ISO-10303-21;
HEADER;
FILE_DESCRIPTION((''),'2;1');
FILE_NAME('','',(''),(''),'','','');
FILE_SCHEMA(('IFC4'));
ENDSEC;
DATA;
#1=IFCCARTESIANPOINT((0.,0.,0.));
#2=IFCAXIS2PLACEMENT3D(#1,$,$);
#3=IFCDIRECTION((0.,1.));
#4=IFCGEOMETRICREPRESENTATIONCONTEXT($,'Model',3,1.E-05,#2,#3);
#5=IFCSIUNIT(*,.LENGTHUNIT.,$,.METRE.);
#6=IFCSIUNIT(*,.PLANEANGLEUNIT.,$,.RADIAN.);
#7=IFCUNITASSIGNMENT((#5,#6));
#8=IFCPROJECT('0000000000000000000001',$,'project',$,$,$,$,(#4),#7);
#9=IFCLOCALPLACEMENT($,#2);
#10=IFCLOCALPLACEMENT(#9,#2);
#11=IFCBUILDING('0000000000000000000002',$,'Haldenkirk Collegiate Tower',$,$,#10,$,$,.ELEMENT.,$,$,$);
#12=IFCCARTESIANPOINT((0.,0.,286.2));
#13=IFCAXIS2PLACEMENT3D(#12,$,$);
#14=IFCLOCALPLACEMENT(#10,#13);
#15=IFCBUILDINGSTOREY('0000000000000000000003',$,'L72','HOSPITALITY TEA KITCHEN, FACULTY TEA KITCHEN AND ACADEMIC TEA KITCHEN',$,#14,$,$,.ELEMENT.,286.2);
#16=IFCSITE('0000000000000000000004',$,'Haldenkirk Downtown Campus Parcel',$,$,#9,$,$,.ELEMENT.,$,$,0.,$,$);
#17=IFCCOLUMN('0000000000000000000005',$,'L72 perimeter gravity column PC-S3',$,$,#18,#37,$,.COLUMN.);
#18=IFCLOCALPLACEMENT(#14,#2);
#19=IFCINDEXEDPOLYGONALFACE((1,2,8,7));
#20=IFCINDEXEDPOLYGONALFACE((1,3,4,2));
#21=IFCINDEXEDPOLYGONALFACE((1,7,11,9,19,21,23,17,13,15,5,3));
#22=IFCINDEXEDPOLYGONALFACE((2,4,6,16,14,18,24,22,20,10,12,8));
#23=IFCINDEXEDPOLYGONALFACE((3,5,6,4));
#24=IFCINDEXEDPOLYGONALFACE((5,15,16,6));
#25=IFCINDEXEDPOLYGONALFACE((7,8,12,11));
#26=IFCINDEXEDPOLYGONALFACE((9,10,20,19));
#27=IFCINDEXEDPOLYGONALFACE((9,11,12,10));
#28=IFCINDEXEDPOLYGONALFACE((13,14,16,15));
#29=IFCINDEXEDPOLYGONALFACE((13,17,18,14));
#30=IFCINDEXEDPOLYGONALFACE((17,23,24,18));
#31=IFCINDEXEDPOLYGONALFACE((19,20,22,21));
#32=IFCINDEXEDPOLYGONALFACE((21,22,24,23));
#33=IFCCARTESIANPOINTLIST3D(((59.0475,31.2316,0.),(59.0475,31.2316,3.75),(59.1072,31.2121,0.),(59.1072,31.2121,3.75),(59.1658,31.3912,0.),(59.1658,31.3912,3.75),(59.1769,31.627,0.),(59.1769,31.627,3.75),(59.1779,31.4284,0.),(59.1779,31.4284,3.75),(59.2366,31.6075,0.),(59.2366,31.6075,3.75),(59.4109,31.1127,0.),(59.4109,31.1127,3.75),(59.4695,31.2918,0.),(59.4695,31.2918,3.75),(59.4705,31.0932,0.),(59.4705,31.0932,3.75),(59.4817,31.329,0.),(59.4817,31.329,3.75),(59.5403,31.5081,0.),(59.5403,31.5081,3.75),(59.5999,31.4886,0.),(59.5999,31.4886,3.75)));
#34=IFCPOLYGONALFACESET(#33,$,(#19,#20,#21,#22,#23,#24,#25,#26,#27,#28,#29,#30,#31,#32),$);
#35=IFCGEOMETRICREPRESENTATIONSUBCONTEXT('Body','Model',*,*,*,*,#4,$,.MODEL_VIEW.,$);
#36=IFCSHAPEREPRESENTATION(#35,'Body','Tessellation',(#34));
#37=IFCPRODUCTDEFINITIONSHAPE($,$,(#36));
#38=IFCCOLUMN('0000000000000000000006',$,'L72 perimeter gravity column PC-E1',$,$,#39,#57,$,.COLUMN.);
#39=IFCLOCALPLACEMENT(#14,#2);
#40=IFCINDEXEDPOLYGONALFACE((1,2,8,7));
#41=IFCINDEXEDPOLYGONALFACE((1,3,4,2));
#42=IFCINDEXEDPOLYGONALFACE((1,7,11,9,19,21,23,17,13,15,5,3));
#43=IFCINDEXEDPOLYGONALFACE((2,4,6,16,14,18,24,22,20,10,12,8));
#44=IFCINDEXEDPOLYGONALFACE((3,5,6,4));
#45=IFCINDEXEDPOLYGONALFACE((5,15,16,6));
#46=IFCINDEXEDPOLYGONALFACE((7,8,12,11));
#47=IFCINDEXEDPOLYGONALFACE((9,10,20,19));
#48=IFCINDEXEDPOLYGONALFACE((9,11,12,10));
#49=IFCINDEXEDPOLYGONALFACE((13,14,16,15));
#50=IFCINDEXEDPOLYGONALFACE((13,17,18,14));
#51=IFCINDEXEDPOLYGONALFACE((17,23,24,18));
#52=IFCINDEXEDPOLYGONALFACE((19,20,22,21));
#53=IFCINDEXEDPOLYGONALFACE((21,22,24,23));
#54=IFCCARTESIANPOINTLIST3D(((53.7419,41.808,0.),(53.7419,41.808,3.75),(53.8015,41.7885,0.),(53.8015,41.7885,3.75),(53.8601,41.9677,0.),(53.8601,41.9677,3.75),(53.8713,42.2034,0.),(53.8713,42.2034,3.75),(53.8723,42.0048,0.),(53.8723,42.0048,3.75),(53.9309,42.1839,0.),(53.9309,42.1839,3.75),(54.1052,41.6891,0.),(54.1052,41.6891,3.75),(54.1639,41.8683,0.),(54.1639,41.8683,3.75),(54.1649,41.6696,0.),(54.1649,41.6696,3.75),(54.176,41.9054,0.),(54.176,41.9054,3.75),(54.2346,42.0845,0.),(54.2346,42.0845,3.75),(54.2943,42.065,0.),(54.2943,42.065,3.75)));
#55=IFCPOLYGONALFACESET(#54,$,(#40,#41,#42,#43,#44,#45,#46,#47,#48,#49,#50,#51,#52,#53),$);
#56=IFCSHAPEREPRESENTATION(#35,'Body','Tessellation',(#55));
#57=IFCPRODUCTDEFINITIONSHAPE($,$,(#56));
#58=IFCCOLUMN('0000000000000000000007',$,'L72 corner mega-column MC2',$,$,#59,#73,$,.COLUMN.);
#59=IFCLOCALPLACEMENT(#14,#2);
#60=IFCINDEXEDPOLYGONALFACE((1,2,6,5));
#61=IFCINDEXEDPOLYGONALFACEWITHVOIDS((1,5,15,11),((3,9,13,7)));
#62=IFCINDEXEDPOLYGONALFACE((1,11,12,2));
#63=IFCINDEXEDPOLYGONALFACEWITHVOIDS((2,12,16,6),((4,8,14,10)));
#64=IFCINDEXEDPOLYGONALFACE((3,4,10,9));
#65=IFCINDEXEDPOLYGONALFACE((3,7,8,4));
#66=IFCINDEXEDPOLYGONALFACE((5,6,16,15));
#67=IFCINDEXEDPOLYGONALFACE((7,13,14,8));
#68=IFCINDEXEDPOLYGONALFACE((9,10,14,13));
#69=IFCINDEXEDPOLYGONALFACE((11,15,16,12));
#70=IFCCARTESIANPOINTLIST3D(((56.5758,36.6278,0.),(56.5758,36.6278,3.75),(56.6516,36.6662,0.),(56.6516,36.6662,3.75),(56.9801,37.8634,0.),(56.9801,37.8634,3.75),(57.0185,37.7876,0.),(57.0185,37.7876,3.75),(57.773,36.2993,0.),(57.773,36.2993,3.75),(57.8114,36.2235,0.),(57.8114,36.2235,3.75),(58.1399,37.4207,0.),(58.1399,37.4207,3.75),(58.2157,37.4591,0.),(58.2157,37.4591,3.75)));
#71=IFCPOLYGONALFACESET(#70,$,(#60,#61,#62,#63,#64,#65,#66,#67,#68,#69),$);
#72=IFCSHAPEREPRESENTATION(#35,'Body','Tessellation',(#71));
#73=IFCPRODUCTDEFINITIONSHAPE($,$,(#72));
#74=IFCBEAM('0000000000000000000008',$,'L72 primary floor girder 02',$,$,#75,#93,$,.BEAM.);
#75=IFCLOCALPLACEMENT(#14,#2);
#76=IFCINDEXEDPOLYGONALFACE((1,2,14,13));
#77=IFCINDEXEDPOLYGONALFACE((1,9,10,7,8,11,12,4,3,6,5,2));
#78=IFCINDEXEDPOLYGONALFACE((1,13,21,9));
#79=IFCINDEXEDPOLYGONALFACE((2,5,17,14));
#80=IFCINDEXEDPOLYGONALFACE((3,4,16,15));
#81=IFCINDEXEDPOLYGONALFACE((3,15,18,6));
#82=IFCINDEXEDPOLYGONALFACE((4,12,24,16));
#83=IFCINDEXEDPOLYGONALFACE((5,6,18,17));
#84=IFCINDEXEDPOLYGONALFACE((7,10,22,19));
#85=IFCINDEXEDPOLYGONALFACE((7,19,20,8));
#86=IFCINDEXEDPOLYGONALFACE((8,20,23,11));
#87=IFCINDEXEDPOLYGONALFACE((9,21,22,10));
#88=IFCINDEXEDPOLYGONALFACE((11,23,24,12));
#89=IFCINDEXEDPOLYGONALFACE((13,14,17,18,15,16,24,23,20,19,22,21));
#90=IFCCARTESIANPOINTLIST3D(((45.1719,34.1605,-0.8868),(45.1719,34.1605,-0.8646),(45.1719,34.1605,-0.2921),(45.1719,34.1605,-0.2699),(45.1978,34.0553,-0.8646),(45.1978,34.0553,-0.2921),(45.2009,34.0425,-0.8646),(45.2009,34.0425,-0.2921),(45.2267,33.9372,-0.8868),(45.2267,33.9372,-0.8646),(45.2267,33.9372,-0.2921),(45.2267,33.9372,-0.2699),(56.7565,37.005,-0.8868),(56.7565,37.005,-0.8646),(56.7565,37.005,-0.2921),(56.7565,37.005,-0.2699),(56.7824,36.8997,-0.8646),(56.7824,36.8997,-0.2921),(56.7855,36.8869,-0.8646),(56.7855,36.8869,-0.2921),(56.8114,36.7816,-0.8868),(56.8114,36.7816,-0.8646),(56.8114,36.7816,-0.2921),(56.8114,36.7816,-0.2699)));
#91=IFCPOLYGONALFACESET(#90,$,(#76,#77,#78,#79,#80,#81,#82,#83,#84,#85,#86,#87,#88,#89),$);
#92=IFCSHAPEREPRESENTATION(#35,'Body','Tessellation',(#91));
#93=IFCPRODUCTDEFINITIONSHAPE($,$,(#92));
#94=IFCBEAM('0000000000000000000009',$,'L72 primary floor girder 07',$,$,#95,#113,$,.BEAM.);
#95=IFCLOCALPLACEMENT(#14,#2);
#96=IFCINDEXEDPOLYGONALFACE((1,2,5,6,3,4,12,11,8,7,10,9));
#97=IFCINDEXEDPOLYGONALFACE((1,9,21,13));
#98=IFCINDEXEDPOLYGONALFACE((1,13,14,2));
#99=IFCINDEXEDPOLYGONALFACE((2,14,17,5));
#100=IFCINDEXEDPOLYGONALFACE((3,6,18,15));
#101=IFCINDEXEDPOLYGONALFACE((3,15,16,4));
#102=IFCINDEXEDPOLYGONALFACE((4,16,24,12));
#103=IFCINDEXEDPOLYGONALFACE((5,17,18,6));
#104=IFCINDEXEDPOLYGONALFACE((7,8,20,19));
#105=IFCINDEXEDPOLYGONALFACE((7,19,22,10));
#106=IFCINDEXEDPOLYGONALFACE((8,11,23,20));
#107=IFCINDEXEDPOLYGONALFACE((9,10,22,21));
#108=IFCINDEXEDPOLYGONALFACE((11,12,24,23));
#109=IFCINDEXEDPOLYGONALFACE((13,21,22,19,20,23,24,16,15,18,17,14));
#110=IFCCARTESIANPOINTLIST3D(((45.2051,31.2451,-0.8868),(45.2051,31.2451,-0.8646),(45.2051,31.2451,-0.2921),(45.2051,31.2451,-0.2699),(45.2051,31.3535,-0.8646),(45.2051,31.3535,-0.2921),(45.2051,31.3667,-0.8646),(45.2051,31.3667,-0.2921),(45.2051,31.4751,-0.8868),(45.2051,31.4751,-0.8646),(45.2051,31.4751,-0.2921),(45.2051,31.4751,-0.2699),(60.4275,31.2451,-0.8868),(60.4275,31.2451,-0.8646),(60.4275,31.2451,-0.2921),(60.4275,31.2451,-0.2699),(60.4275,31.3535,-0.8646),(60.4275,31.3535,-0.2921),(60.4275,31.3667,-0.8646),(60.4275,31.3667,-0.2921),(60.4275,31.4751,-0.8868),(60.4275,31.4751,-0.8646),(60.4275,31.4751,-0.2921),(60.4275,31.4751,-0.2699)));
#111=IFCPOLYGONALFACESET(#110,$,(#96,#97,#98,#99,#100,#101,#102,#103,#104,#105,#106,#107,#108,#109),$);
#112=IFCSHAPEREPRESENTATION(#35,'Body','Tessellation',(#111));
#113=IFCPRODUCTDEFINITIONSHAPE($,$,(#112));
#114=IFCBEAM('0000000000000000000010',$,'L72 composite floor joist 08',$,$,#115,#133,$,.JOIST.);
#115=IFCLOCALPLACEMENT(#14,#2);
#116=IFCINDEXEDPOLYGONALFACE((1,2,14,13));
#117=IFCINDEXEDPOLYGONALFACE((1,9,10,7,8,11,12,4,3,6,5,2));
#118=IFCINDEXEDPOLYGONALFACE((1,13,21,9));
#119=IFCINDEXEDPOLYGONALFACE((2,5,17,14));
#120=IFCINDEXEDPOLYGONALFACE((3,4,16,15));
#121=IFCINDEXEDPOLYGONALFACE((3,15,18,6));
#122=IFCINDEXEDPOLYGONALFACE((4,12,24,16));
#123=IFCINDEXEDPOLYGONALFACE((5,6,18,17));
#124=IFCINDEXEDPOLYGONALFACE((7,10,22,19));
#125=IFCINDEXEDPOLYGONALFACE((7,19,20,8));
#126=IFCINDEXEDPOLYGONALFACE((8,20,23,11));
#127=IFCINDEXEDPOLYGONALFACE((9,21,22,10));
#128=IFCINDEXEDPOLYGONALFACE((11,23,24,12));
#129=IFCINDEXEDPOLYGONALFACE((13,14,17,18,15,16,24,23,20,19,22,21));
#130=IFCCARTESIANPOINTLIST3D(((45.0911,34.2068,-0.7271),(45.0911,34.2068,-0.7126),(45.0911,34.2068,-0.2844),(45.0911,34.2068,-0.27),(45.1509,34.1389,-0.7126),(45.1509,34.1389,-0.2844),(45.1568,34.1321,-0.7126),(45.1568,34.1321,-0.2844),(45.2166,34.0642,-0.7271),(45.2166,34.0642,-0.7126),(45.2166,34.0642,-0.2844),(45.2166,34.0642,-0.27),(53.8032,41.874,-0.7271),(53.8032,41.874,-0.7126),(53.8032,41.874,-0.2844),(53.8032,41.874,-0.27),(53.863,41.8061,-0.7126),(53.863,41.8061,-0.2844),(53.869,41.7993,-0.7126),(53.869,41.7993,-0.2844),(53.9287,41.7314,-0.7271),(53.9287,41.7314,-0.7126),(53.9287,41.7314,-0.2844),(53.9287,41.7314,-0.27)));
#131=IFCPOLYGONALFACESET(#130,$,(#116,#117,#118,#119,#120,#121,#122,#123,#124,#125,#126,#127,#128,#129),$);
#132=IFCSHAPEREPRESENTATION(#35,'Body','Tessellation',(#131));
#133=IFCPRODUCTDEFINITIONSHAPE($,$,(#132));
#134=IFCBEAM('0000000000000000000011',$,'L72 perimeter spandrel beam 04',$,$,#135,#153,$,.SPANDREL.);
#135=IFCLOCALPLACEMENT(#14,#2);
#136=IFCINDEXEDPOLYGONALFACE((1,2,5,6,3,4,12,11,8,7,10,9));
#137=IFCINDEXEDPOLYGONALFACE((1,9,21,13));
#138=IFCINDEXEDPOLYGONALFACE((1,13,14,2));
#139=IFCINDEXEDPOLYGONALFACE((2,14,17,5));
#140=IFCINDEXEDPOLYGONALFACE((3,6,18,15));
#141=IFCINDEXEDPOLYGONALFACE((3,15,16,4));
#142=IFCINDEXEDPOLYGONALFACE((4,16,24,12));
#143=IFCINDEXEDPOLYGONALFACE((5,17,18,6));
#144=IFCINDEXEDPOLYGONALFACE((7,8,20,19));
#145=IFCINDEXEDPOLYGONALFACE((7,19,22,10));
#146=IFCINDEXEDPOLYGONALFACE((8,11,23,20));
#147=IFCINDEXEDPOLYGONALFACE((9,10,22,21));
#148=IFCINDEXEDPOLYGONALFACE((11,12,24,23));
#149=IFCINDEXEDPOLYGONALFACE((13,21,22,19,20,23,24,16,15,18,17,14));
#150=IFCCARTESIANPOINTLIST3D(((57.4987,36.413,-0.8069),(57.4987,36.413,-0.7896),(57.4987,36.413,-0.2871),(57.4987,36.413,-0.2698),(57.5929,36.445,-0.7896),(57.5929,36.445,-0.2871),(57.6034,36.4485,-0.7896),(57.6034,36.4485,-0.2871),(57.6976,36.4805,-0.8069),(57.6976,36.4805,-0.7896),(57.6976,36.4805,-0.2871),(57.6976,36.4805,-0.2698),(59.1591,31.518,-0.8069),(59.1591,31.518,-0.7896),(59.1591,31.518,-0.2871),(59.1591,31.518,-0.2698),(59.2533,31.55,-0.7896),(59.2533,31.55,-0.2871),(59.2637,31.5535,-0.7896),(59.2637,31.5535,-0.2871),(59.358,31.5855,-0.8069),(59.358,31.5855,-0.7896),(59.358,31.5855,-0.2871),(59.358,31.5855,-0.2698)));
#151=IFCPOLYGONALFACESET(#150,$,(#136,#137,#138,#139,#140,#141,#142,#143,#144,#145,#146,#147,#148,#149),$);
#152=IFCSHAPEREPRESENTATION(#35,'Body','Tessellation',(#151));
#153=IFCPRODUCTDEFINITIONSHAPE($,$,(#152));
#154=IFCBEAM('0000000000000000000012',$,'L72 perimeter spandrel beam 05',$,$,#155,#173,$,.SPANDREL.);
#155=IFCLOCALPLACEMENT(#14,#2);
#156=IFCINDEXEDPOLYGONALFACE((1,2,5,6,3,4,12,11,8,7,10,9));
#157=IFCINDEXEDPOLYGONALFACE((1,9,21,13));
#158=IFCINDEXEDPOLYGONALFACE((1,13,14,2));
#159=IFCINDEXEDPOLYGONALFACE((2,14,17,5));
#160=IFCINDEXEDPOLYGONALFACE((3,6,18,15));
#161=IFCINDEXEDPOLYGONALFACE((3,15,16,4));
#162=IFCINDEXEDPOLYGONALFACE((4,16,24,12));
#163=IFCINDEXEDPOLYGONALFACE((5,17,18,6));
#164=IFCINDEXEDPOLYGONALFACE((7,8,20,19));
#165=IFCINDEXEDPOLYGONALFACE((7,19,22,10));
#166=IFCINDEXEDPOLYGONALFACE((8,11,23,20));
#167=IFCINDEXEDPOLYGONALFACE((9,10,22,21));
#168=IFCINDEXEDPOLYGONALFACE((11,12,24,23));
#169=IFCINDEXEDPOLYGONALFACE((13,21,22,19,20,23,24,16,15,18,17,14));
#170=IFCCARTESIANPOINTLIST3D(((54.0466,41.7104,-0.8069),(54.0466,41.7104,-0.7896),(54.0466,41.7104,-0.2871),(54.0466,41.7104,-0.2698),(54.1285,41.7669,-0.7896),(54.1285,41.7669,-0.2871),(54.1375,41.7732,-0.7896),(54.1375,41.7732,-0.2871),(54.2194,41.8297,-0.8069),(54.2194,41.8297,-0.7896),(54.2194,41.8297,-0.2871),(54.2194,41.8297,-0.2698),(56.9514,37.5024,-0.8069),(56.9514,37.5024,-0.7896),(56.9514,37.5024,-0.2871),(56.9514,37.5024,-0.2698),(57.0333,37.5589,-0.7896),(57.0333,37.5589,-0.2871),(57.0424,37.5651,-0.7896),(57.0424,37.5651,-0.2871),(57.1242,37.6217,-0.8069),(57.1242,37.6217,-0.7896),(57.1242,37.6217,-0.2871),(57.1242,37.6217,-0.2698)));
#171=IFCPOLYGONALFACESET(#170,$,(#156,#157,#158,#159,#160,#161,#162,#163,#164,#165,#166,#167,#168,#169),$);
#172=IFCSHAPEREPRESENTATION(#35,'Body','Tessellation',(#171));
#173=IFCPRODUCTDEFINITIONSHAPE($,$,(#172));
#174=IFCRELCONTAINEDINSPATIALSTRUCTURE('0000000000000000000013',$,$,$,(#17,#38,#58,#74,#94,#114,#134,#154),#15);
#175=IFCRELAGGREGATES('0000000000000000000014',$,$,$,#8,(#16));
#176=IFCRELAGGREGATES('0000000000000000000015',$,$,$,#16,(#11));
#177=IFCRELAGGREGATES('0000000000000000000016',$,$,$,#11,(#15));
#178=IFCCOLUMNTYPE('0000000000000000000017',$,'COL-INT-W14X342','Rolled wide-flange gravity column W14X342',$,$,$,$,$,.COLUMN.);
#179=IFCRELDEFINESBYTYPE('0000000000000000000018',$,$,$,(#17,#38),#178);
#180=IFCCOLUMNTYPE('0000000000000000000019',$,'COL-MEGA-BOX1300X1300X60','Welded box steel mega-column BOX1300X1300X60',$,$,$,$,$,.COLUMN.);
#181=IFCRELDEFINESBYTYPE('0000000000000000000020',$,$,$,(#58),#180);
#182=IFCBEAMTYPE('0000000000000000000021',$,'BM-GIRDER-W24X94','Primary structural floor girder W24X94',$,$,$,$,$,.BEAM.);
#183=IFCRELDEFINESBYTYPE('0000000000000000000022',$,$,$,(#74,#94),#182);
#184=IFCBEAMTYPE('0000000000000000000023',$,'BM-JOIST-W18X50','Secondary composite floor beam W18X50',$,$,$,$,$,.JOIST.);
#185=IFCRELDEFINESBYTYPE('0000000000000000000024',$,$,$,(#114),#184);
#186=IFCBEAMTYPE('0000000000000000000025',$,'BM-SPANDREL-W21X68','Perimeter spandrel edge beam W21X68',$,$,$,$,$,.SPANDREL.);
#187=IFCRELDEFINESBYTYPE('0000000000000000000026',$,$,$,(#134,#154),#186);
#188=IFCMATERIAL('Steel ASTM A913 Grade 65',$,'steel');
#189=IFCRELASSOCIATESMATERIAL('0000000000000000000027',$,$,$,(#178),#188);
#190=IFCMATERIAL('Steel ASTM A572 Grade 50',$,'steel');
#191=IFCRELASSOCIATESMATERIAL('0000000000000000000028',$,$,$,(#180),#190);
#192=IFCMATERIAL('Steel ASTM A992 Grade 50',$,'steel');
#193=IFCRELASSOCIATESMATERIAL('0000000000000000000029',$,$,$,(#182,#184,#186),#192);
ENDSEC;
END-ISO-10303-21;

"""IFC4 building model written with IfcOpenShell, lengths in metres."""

from ifc_helpers import new_model, si_unit, direction, frame, origin, origin_2d, place, context, subcontext, project, spatial, hollow_rectangle, i_section, extrude, material, material_profile, profile_set, type_object, element, save


model = new_model("IFC4")

# Units and contexts
model_context = context("Model", 3, precision=1e-05, world=origin(), true_north=direction((0.0, 1.0)))
body_context = subcontext(model_context, "Body", "Model", "MODEL_VIEW")
ifc_project = project(units=[si_unit("LENGTHUNIT", "METRE"), si_unit("PLANEANGLEUNIT", "RADIAN")], contexts=[model_context])

# Site, building, storey
site_placement = place(None, origin())
site = spatial("IfcSite", under=ifc_project, at=site_placement, Name="Haldenkirk Downtown Campus Parcel", CompositionType="ELEMENT", RefElevation=0.0)
building_placement = place(site_placement, origin())
building = spatial("IfcBuilding", under=site, at=building_placement, Name="Haldenkirk Collegiate Tower", CompositionType="ELEMENT")
storey_placement = place(building_placement, frame((0.0, 0.0, 286.2)))
storey = spatial("IfcBuildingStorey", under=building, at=storey_placement, Name="L72", Description="HOSPITALITY TEA KITCHEN, FACULTY TEA KITCHEN AND ACADEMIC TEA KITCHEN", CompositionType="ELEMENT", Elevation=286.2)

# Columns
ifc_material_1 = material(Name="Steel ASTM A913 Grade 65", Category="steel")
ifc_material_profile_1 = material_profile(ifc_material_1, i_section(OverallWidth=0.416, OverallDepth=0.4451, WebThickness=0.0391, FlangeThickness=0.0627, at=origin_2d()), Name="W14X342")
ifc_profile_set_1 = profile_set([ifc_material_profile_1], Name="Steel ASTM A913 Grade 65")
column_type_1 = type_object("IfcColumnType", Name="COL-INT-W14X342", Description="Rolled wide-flange gravity column W14X342", PredefinedType="COLUMN", material=ifc_profile_set_1)
for number, where, z_axis, x_axis, name in (
    (1, (59.3237, 31.3601, 0.0), (0.0, 0.0, 1.0), (0.311008, 0.950407, 0.0), "L72 perimeter gravity column PC-S3"),
    (2, (54.0181, 41.9365, 0.0), (0.0, 0.0, 1.0), (0.311008, 0.950407, 0.0), "L72 perimeter gravity column PC-E1"),
):
    element("IfcColumn", number, at=place(storey_placement, frame(where, z_axis=z_axis, x_axis=x_axis)), inside=storey, type_object=column_type_1, Name=name, PredefinedType="COLUMN", context=body_context, shape_type="SweptSolid", body=[
        extrude(i_section(OverallWidth=0.416, OverallDepth=0.4451, WebThickness=0.0391, FlangeThickness=0.0627, at=origin_2d()), origin(), (0.0, 0.0, 1.0), 3.75),
    ])
ifc_material_2 = material(Name="Steel ASTM A572 Grade 50", Category="steel")
ifc_material_profile_2 = material_profile(ifc_material_2, hollow_rectangle(XDim=1.3, YDim=1.3, WallThickness=0.0601, at=origin_2d()), Name="BOX1300X1300X60")
ifc_profile_set_2 = profile_set([ifc_material_profile_2], Name="Steel ASTM A572 Grade 50")
column_type_2 = type_object("IfcColumnType", Name="COL-MEGA-BOX1300X1300X60", Description="Welded box steel mega-column BOX1300X1300X60", PredefinedType="COLUMN", material=ifc_profile_set_2)
column_placement = place(storey_placement, frame((57.3958, 37.0435, 0.0), z_axis=(0.0, 0.0, 1.0), x_axis=(0.311008, 0.950407, 0.0)))
element("IfcColumn", 3, at=column_placement, inside=storey, type_object=column_type_2, Name="L72 corner mega-column MC2", PredefinedType="COLUMN", context=body_context, shape_type="SweptSolid", body=[
    extrude(hollow_rectangle(XDim=1.3, YDim=1.3, WallThickness=0.0601, at=origin_2d()), origin(), (0.0, 0.0, 1.0), 3.75),
])

# Beams
ifc_material_3 = material(Name="Steel ASTM A992 Grade 50", Category="steel")
ifc_material_profile_3 = material_profile(ifc_material_3, i_section(OverallWidth=0.23, OverallDepth=0.6169, WebThickness=0.0132, FlangeThickness=0.0222, at=origin_2d()), Name="W24X94")
ifc_profile_set_3 = profile_set([ifc_material_profile_3], Name="Steel ASTM A992 Grade 50")
beam_type_1 = type_object("IfcBeamType", Name="BM-GIRDER-W24X94", Description="Primary structural floor girder W24X94", PredefinedType="BEAM", material=ifc_profile_set_3)
beam_1_placement = place(storey_placement, frame((56.7839, 36.8933, -0.5784), z_axis=(-0.971154, -0.238455, 0.0), x_axis=(0.238455, -0.971154, 0.0)))
element("IfcBeam", 4, at=beam_1_placement, inside=storey, type_object=beam_type_1, Name="L72 primary floor girder 02", PredefinedType="BEAM", context=body_context, shape_type="SweptSolid", body=[
    extrude(i_section(OverallWidth=0.23, OverallDepth=0.6169, WebThickness=0.0132, FlangeThickness=0.0222, at=origin_2d()), origin(), (0.0, 0.0, 1.0), 11.9287),
])
beam_2_placement = place(storey_placement, frame((60.4275, 31.3601, -0.5784), z_axis=(-1.0, 0.0, 0.0), x_axis=(0.0, -1.0, 0.0)))
element("IfcBeam", 5, at=beam_2_placement, inside=storey, type_object=beam_type_1, Name="L72 primary floor girder 07", PredefinedType="BEAM", context=body_context, shape_type="SweptSolid", body=[
    extrude(i_section(OverallWidth=0.23, OverallDepth=0.6169, WebThickness=0.0132, FlangeThickness=0.0222, at=origin_2d()), origin(), (0.0, 0.0, 1.0), 15.2224),
])
ifc_material_profile_4 = material_profile(ifc_material_3, i_section(OverallWidth=0.1899, OverallDepth=0.457, WebThickness=0.009, FlangeThickness=0.0144, at=origin_2d()), Name="W18X50")
ifc_profile_set_4 = profile_set([ifc_material_profile_4], Name="Steel ASTM A992 Grade 50")
beam_type_2 = type_object("IfcBeamType", Name="BM-JOIST-W18X50", Description="Secondary composite floor beam W18X50", PredefinedType="JOIST", material=ifc_profile_set_4)
beam_3_placement = place(storey_placement, frame((53.866, 41.8027, -0.4985), z_axis=(-0.750691, -0.660654, 0.0), x_axis=(0.660654, -0.750691, 0.0)))
element("IfcBeam", 6, at=beam_3_placement, inside=storey, type_object=beam_type_2, Name="L72 composite floor joist 08", PredefinedType="JOIST", context=body_context, shape_type="SweptSolid", body=[
    extrude(i_section(OverallWidth=0.1899, OverallDepth=0.457, WebThickness=0.009, FlangeThickness=0.0144, at=origin_2d()), origin(), (0.0, 0.0, 1.0), 11.6055),
])
ifc_material_profile_5 = material_profile(ifc_material_3, i_section(OverallWidth=0.21, OverallDepth=0.5371, WebThickness=0.011, FlangeThickness=0.0173, at=origin_2d()), Name="W21X68")
ifc_profile_set_5 = profile_set([ifc_material_profile_5], Name="Steel ASTM A992 Grade 50")
beam_type_3 = type_object("IfcBeamType", Name="BM-SPANDREL-W21X68", Description="Perimeter spandrel edge beam W21X68", PredefinedType="SPANDREL", material=ifc_profile_set_5)
beam_4_placement = place(storey_placement, frame((59.2585, 31.5518, -0.5383), z_axis=(-0.321225, 0.947003, 0.0), x_axis=(-0.947003, -0.321225, 0.0)))
element("IfcBeam", 7, at=beam_4_placement, inside=storey, type_object=beam_type_3, Name="L72 perimeter spandrel beam 04", PredefinedType="SPANDREL", context=body_context, shape_type="SweptSolid", body=[
    extrude(i_section(OverallWidth=0.21, OverallDepth=0.5371, WebThickness=0.011, FlangeThickness=0.0173, at=origin_2d()), origin(), (0.0, 0.0, 1.0), 5.1689),
])
beam_5_placement = place(storey_placement, frame((57.0378, 37.562, -0.5383), z_axis=(-0.568092, 0.822965, 0.0), x_axis=(-0.822965, -0.568092, 0.0)))
element("IfcBeam", 8, at=beam_5_placement, inside=storey, type_object=beam_type_3, Name="L72 perimeter spandrel beam 05", PredefinedType="SPANDREL", context=body_context, shape_type="SweptSolid", body=[
    extrude(i_section(OverallWidth=0.21, OverallDepth=0.5371, WebThickness=0.011, FlangeThickness=0.0173, at=origin_2d()), origin(), (0.0, 0.0, 1.0), 5.1133),
])

save(model, "model.ifc")
